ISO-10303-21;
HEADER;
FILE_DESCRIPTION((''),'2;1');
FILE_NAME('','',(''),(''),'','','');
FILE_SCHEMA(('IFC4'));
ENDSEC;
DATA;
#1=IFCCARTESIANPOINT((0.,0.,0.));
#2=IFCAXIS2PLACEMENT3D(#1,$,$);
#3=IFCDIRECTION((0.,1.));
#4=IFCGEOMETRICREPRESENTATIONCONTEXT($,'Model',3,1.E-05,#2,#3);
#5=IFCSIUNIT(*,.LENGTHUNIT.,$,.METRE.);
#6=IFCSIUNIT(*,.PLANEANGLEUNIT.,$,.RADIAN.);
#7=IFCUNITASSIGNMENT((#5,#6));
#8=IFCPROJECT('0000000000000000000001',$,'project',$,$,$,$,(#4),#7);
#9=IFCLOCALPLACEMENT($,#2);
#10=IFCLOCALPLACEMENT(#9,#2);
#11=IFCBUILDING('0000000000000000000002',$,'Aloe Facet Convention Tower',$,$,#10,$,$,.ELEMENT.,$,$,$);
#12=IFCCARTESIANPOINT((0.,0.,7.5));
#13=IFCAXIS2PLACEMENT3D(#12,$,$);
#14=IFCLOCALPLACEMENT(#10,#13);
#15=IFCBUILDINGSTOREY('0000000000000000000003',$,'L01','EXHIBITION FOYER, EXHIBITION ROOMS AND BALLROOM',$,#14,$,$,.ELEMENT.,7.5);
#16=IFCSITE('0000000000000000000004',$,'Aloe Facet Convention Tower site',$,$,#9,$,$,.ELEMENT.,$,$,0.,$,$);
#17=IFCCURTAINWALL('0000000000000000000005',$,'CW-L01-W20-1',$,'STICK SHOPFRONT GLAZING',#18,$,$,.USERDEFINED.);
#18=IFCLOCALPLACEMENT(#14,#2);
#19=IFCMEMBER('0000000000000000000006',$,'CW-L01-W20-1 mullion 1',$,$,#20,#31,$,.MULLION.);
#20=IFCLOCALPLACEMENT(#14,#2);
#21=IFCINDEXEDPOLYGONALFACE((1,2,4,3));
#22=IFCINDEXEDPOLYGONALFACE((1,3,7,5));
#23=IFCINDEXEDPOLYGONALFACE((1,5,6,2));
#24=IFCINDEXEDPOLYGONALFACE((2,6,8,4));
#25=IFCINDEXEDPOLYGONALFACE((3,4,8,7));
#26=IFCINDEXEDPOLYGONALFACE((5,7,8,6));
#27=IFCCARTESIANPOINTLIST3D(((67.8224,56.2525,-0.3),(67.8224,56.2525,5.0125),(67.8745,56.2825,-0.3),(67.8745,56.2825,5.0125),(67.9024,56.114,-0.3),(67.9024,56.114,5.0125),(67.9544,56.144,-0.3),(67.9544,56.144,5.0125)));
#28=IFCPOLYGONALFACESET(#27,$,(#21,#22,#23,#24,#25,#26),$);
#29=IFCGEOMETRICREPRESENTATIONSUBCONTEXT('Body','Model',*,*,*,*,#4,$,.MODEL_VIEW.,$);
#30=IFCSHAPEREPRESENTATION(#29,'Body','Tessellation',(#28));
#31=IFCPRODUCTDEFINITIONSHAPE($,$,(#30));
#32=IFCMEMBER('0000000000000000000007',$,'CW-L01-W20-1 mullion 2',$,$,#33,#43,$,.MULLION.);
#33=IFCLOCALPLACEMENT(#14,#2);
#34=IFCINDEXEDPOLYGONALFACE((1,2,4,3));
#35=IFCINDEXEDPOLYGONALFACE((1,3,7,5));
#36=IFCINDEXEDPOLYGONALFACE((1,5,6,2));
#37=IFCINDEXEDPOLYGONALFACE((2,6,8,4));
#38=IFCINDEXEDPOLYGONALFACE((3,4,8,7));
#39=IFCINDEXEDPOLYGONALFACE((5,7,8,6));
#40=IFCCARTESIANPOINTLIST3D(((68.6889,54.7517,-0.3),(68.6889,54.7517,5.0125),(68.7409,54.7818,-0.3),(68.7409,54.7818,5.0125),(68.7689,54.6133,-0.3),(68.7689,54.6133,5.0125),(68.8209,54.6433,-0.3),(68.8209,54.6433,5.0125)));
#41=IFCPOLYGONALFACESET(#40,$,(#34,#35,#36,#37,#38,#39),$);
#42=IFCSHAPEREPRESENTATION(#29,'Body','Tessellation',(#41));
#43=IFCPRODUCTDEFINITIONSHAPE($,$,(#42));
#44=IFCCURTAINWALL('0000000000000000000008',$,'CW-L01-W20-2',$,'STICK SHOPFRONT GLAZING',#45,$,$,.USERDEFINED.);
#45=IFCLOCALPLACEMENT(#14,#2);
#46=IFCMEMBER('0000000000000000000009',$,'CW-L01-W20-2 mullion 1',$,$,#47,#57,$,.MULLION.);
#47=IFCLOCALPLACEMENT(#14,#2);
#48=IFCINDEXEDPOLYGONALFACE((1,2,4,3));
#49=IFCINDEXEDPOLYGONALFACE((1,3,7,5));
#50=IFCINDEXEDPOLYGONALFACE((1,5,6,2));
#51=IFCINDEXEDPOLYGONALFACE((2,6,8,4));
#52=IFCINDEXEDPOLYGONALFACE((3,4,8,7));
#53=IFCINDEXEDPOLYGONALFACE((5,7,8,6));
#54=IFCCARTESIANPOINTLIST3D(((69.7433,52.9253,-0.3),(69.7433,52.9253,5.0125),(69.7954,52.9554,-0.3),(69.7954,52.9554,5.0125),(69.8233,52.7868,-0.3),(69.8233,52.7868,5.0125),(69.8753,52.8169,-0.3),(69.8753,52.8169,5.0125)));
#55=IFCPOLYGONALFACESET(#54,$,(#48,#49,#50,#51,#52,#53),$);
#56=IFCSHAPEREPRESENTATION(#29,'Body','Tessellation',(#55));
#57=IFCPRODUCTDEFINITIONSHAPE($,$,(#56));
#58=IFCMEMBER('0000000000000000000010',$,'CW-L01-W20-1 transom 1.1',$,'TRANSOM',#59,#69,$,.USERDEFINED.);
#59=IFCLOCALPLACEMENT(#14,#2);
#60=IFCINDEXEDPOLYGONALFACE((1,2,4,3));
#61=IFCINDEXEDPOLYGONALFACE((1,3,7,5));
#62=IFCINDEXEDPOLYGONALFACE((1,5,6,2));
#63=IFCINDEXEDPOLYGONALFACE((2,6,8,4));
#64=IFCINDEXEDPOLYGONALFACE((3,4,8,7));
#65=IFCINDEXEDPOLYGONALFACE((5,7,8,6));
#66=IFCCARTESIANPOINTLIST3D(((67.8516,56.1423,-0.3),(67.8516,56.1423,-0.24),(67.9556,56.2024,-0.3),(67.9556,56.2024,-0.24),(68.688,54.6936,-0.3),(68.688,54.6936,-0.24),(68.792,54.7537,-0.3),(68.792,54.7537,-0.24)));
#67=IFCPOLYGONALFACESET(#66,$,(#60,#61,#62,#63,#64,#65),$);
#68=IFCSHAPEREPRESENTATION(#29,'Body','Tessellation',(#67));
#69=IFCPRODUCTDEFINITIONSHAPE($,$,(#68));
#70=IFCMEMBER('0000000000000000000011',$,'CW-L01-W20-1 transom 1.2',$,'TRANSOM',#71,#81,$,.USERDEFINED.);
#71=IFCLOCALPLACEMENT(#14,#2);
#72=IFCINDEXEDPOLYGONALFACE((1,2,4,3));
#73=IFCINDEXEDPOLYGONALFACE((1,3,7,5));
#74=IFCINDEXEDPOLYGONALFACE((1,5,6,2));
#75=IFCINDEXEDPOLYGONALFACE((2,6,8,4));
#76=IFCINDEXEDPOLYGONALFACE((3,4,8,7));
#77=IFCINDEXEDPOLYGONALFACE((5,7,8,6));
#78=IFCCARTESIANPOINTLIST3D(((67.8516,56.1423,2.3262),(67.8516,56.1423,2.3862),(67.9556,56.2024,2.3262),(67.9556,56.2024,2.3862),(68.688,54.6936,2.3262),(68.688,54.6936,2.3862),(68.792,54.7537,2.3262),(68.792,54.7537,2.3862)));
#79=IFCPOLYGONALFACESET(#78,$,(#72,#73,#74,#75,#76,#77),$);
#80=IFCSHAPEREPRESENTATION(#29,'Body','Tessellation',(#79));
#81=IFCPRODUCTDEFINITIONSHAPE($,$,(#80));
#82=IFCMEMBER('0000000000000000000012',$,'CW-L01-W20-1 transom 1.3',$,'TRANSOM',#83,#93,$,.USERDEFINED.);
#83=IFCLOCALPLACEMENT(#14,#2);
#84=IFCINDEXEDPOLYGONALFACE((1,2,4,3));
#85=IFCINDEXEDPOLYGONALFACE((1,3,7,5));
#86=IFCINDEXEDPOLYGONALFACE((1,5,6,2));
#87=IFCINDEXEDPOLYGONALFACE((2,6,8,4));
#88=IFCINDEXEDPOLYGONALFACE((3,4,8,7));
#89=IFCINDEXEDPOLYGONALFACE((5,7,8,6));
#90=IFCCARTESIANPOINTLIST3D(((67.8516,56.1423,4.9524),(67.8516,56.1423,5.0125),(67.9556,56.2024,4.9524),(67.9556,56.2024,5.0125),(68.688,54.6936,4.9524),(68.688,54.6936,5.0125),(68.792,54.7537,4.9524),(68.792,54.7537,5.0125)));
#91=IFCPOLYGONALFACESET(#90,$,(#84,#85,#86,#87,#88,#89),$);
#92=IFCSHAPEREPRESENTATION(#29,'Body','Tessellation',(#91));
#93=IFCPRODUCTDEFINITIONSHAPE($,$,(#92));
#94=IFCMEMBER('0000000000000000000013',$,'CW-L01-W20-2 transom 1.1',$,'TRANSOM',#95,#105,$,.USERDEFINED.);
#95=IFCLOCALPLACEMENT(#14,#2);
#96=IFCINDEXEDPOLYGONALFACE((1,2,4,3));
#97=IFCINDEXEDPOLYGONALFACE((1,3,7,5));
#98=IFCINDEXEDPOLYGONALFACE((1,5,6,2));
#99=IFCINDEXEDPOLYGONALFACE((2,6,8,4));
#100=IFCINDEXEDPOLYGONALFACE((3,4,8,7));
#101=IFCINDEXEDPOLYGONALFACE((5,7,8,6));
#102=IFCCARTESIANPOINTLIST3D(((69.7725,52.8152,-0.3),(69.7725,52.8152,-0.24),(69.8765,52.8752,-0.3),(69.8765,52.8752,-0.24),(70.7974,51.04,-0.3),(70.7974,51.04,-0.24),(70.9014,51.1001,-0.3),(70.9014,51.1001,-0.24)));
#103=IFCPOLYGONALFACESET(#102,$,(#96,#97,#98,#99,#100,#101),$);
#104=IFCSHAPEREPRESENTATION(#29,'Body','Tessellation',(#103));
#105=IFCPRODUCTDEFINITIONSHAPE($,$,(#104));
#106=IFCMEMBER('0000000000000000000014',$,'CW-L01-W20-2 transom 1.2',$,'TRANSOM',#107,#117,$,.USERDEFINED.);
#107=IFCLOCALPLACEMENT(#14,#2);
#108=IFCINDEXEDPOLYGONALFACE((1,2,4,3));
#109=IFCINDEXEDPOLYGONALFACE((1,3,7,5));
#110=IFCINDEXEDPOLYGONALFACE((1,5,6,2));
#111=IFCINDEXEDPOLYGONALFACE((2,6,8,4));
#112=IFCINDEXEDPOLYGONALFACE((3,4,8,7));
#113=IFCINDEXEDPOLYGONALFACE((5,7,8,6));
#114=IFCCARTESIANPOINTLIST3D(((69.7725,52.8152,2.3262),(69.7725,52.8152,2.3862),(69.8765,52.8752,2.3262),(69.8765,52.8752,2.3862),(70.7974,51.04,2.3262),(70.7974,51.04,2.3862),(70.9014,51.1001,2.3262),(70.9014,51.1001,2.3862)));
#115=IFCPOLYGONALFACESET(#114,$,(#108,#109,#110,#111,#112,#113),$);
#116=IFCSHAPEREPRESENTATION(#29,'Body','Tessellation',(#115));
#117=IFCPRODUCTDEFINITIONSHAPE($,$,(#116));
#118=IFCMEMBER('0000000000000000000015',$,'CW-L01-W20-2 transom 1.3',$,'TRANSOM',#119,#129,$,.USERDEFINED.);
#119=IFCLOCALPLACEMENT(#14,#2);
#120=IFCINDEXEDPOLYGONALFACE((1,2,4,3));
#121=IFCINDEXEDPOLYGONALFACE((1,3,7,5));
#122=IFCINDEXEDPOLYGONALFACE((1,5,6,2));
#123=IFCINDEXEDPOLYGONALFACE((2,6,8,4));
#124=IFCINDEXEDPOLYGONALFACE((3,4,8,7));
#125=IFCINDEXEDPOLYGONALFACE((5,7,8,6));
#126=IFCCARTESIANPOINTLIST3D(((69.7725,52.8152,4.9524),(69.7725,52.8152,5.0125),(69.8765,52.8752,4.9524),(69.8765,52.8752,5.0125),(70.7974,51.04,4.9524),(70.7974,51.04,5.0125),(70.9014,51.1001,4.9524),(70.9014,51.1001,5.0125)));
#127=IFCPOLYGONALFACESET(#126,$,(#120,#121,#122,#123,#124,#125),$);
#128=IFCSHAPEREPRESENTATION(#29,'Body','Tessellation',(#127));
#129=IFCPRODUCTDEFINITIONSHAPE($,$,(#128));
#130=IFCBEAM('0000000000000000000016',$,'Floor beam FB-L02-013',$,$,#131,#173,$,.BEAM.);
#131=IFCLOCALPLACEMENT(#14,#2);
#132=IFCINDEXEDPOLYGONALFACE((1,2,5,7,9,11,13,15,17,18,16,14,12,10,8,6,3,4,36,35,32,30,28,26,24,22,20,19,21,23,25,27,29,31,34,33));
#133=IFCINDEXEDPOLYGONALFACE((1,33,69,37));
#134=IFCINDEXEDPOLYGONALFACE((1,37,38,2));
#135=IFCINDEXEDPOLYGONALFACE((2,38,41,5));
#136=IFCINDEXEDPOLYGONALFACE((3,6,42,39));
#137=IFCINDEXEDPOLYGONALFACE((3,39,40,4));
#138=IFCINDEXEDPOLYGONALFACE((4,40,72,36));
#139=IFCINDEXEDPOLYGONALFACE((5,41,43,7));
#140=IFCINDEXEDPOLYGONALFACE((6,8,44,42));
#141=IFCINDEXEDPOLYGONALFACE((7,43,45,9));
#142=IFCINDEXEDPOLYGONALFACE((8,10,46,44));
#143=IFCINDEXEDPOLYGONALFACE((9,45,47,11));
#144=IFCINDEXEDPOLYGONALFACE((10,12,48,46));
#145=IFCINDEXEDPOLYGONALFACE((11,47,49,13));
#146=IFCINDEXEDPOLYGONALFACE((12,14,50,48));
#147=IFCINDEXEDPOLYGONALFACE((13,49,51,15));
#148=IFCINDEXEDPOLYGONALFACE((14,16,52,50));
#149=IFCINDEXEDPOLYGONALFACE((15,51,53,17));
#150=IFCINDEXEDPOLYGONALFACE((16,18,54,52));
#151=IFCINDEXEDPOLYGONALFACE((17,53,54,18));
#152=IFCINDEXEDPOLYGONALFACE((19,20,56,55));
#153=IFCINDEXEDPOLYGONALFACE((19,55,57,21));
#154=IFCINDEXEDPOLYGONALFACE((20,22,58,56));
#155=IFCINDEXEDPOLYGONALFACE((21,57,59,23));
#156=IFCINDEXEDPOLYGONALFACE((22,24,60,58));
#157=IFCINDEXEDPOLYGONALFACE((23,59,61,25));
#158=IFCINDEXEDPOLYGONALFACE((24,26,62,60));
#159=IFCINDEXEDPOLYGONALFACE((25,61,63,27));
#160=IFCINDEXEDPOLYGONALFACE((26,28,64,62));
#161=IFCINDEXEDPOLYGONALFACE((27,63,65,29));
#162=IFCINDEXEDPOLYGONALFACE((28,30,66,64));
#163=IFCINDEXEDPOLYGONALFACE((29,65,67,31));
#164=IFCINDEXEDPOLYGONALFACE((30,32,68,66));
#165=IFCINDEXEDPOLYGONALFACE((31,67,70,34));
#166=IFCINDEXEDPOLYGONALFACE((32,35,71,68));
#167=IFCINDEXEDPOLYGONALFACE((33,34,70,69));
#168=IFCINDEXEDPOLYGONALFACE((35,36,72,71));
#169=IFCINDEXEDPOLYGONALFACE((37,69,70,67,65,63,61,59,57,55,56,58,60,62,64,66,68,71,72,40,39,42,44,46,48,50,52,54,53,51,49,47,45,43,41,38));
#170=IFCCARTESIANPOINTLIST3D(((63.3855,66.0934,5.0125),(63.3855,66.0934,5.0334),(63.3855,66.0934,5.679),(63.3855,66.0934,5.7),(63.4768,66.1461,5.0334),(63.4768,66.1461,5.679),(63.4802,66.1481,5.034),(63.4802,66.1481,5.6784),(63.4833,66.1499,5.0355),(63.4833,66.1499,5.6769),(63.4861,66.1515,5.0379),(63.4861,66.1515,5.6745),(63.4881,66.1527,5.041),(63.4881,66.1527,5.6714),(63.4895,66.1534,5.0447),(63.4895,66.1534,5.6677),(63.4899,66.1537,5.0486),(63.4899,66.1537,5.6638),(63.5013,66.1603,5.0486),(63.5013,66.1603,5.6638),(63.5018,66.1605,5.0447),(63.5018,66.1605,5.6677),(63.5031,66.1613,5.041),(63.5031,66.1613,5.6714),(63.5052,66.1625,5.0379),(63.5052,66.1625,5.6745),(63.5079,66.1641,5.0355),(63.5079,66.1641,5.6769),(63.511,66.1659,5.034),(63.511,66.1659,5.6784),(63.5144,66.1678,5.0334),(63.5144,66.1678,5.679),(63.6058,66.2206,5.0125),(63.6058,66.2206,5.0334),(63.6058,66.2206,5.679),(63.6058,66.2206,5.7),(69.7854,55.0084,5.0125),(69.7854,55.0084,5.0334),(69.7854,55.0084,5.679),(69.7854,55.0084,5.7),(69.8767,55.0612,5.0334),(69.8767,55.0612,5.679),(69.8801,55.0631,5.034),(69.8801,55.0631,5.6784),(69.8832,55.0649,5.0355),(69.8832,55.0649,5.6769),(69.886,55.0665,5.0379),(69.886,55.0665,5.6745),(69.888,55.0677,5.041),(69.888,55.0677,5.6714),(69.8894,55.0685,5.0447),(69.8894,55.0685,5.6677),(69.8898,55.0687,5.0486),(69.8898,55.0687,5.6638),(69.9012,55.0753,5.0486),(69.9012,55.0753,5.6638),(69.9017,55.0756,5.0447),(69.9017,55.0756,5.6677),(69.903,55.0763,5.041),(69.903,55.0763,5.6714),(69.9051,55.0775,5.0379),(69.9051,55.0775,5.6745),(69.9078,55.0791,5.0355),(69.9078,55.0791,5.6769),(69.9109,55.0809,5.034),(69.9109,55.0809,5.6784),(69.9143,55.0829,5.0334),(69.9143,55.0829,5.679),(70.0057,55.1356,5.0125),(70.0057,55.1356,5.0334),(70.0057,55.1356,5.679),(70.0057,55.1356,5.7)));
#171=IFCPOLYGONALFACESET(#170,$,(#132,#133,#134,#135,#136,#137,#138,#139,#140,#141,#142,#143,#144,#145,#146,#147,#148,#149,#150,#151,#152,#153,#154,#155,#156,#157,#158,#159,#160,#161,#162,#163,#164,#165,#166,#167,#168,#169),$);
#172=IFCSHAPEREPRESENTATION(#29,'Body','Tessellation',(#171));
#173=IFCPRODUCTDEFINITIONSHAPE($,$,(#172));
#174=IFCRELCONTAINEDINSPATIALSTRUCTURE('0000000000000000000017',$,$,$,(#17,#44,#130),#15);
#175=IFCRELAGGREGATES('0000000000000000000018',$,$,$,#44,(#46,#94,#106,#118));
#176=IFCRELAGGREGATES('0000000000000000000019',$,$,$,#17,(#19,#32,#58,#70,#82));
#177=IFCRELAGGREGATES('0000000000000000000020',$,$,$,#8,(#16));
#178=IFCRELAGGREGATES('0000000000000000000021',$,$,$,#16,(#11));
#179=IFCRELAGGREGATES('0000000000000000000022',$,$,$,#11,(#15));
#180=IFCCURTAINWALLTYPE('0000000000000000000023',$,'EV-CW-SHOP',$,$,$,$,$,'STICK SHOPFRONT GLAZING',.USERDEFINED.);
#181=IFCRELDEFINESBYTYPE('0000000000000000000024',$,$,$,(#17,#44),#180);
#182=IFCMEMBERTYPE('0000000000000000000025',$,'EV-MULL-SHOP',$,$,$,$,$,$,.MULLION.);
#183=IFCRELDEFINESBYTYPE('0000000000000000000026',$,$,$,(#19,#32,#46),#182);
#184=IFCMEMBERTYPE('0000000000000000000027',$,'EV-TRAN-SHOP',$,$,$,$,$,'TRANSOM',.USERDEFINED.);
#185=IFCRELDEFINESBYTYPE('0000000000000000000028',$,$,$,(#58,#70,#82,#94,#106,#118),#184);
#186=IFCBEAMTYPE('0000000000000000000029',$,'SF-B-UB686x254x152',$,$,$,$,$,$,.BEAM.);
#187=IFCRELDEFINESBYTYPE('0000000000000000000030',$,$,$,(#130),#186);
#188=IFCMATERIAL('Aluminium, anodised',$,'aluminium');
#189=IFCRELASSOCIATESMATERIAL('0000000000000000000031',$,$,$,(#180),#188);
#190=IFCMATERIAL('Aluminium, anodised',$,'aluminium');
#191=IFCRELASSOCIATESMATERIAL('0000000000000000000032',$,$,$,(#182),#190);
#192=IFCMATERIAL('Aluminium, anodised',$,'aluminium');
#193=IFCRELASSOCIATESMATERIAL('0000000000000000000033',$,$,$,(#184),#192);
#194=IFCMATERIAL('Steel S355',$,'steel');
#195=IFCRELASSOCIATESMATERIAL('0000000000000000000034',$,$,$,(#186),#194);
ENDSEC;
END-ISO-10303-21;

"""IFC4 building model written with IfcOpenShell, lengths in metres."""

from ifc_helpers import new_model, si_unit, direction, frame, origin, origin_2d, place, context, subcontext, project, spatial, rectangle, i_section, extrude, material, material_profile, profile_set, type_object, element, aggregate, save


model = new_model("IFC4")

# Units and contexts
model_context = context("Model", 3, precision=1e-05, world=origin(), true_north=direction((0.0, 1.0)))
body_context = subcontext(model_context, "Body", "Model", "MODEL_VIEW")
ifc_project = project(units=[si_unit("LENGTHUNIT", "METRE"), si_unit("PLANEANGLEUNIT", "RADIAN")], contexts=[model_context])

# Site, building, storey
site_placement = place(None, origin())
site = spatial("IfcSite", under=ifc_project, at=site_placement, Name="Aloe Facet Convention Tower site", CompositionType="ELEMENT", RefElevation=0.0)
building_placement = place(site_placement, origin())
building = spatial("IfcBuilding", under=site, at=building_placement, Name="Aloe Facet Convention Tower", CompositionType="ELEMENT")
storey_placement = place(building_placement, frame((0.0, 0.0, 7.5)))
storey = spatial("IfcBuildingStorey", under=building, at=storey_placement, Name="L01", Description="EXHIBITION FOYER, EXHIBITION ROOMS AND BALLROOM", CompositionType="ELEMENT", Elevation=7.5)

# Curtain wall, members
ifc_material_1 = material(Name="Aluminium, anodised", Category="aluminium")
curtain_wall_type = type_object("IfcCurtainWallType", Name="EV-CW-SHOP", ElementType="STICK SHOPFRONT GLAZING", PredefinedType="USERDEFINED", material=ifc_material_1)
curtain_wall_1_placement = place(storey_placement, origin())
curtain_wall_1 = element("IfcCurtainWall", 1, at=curtain_wall_1_placement, inside=storey, type_object=curtain_wall_type, Name="CW-L01-W20-1", ObjectType="STICK SHOPFRONT GLAZING", PredefinedType="USERDEFINED")
ifc_material_2 = material(Name="Aluminium, anodised", Category="aluminium")
ifc_material_profile_1 = material_profile(ifc_material_2, rectangle(XDim=0.0601, YDim=0.1599, at=origin_2d()), Name="AL 60x160")
ifc_profile_set_1 = profile_set([ifc_material_profile_1], Name="Aluminium, anodised")
member_type_1 = type_object("IfcMemberType", Name="EV-MULL-SHOP", PredefinedType="MULLION", material=ifc_profile_set_1)
member_1_placement = place(storey_placement, frame((67.8884, 56.1982, -0.3), z_axis=(0.0, 0.0, 1.0), x_axis=(0.866025, 0.5, 0.0)))
member_1 = element("IfcMember", 2, at=member_1_placement, type_object=member_type_1, Name="CW-L01-W20-1 mullion 1", PredefinedType="MULLION", context=body_context, shape_type="SweptSolid", body=[
    extrude(rectangle(XDim=0.0601, YDim=0.1599, at=origin_2d()), origin(), (0.0, 0.0, 1.0), 5.3125),
])
member_2_placement = place(storey_placement, frame((68.7549, 54.6975, -0.3), z_axis=(0.0, 0.0, 1.0), x_axis=(0.866025, 0.5, 0.0)))
member_2 = element("IfcMember", 3, at=member_2_placement, type_object=member_type_1, Name="CW-L01-W20-1 mullion 2", PredefinedType="MULLION", context=body_context, shape_type="SweptSolid", body=[
    extrude(rectangle(XDim=0.0601, YDim=0.1599, at=origin_2d()), origin(), (0.0, 0.0, 1.0), 5.3125),
])

# Curtain wall, member
curtain_wall_2_placement = place(storey_placement, origin())
curtain_wall_2 = element("IfcCurtainWall", 4, at=curtain_wall_2_placement, inside=storey, type_object=curtain_wall_type, Name="CW-L01-W20-2", ObjectType="STICK SHOPFRONT GLAZING", PredefinedType="USERDEFINED")
member_3_placement = place(storey_placement, frame((69.8093, 52.8711, -0.3), z_axis=(0.0, 0.0, 1.0), x_axis=(0.866025, 0.5, 0.0)))
member_3 = element("IfcMember", 5, at=member_3_placement, type_object=member_type_1, Name="CW-L01-W20-2 mullion 1", PredefinedType="MULLION", context=body_context, shape_type="SweptSolid", body=[
    extrude(rectangle(XDim=0.0601, YDim=0.1599, at=origin_2d()), origin(), (0.0, 0.0, 1.0), 5.3125),
])

# Members
ifc_material_3 = material(Name="Aluminium, anodised", Category="aluminium")
ifc_material_profile_2 = material_profile(ifc_material_3, rectangle(XDim=0.1201, YDim=0.0601, at=origin_2d()), Name="AL 120x60")
ifc_profile_set_2 = profile_set([ifc_material_profile_2], Name="Aluminium, anodised")
member_type_2 = type_object("IfcMemberType", Name="EV-TRAN-SHOP", ElementType="TRANSOM", PredefinedType="USERDEFINED", material=ifc_profile_set_2)
member_4_placement = place(storey_placement, frame((67.9036, 56.1724, -0.27), z_axis=(0.5, -0.866025, 0.0), x_axis=(0.866025, 0.5, 0.0)))
member_4 = element("IfcMember", 6, at=member_4_placement, type_object=member_type_2, Name="CW-L01-W20-1 transom 1.1", ObjectType="TRANSOM", PredefinedType="USERDEFINED", context=body_context, shape_type="SweptSolid", body=[
    extrude(rectangle(XDim=0.1201, YDim=0.0601, at=origin_2d()), origin(), (0.0, 0.0, 1.0), 1.6729),
])
member_5_placement = place(storey_placement, frame((67.9036, 56.1724, 2.3562), z_axis=(0.5, -0.866025, 0.0), x_axis=(0.866025, 0.5, 0.0)))
member_5 = element("IfcMember", 7, at=member_5_placement, type_object=member_type_2, Name="CW-L01-W20-1 transom 1.2", ObjectType="TRANSOM", PredefinedType="USERDEFINED", context=body_context, shape_type="SweptSolid", body=[
    extrude(rectangle(XDim=0.1201, YDim=0.0601, at=origin_2d()), origin(), (0.0, 0.0, 1.0), 1.6729),
])
member_6_placement = place(storey_placement, frame((67.9036, 56.1724, 4.9824), z_axis=(0.5, -0.866025, 0.0), x_axis=(0.866025, 0.5, 0.0)))
member_6 = element("IfcMember", 8, at=member_6_placement, type_object=member_type_2, Name="CW-L01-W20-1 transom 1.3", ObjectType="TRANSOM", PredefinedType="USERDEFINED", context=body_context, shape_type="SweptSolid", body=[
    extrude(rectangle(XDim=0.1201, YDim=0.0601, at=origin_2d()), origin(), (0.0, 0.0, 1.0), 1.6729),
])
member_7_placement = place(storey_placement, frame((69.8245, 52.8452, -0.27), z_axis=(0.500008, -0.866021, 0.0), x_axis=(0.866021, 0.500008, 0.0)))
member_7 = element("IfcMember", 9, at=member_7_placement, type_object=member_type_2, Name="CW-L01-W20-2 transom 1.1", ObjectType="TRANSOM", PredefinedType="USERDEFINED", context=body_context, shape_type="SweptSolid", body=[
    extrude(rectangle(XDim=0.1201, YDim=0.0601, at=origin_2d()), origin(), (0.0, 0.0, 1.0), 2.0498),
])
member_8_placement = place(storey_placement, frame((69.8245, 52.8452, 2.3562), z_axis=(0.500008, -0.866021, 0.0), x_axis=(0.866021, 0.500008, 0.0)))
member_8 = element("IfcMember", 10, at=member_8_placement, type_object=member_type_2, Name="CW-L01-W20-2 transom 1.2", ObjectType="TRANSOM", PredefinedType="USERDEFINED", context=body_context, shape_type="SweptSolid", body=[
    extrude(rectangle(XDim=0.1201, YDim=0.0601, at=origin_2d()), origin(), (0.0, 0.0, 1.0), 2.0498),
])
member_9_placement = place(storey_placement, frame((69.8245, 52.8452, 4.9824), z_axis=(0.500008, -0.866021, 0.0), x_axis=(0.866021, 0.500008, 0.0)))
member_9 = element("IfcMember", 11, at=member_9_placement, type_object=member_type_2, Name="CW-L01-W20-2 transom 1.3", ObjectType="TRANSOM", PredefinedType="USERDEFINED", context=body_context, shape_type="SweptSolid", body=[
    extrude(rectangle(XDim=0.1201, YDim=0.0601, at=origin_2d()), origin(), (0.0, 0.0, 1.0), 2.0498),
])
aggregate(curtain_wall_2, [member_3, member_7, member_8, member_9])

# Beam
ifc_material_4 = material(Name="Steel S355", Category="steel")
ifc_material_profile_3 = material_profile(ifc_material_4, i_section(OverallWidth=0.2544, OverallDepth=0.6875, WebThickness=0.0132, FlangeThickness=0.021, FilletRadius=0.0151, at=origin_2d()), Name="UB 686x254x152")
ifc_profile_set_3 = profile_set([ifc_material_profile_3], Name="Steel S355")
beam_type_1 = type_object("IfcBeamType", Name="SF-B-UB686x254x152", PredefinedType="BEAM", material=ifc_profile_set_3)
beam_1_placement = place(storey_placement, frame((69.8955, 55.072, 5.3562), z_axis=(-0.5, 0.866025, 0.0), x_axis=(-0.866025, -0.5, 0.0)))
element("IfcBeam", 12, at=beam_1_placement, inside=storey, type_object=beam_type_1, Name="Floor beam FB-L02-013", PredefinedType="BEAM", context=body_context, shape_type="SweptSolid", body=[
    extrude(i_section(OverallWidth=0.2544, OverallDepth=0.6875, WebThickness=0.0132, FlangeThickness=0.021, FilletRadius=0.0151, at=origin_2d()), origin(), (0.0, 0.0, 1.0), 12.7998),
])

aggregate(curtain_wall_1, [member_1, member_2, member_4, member_5, member_6])

save(model, "model.ifc")
